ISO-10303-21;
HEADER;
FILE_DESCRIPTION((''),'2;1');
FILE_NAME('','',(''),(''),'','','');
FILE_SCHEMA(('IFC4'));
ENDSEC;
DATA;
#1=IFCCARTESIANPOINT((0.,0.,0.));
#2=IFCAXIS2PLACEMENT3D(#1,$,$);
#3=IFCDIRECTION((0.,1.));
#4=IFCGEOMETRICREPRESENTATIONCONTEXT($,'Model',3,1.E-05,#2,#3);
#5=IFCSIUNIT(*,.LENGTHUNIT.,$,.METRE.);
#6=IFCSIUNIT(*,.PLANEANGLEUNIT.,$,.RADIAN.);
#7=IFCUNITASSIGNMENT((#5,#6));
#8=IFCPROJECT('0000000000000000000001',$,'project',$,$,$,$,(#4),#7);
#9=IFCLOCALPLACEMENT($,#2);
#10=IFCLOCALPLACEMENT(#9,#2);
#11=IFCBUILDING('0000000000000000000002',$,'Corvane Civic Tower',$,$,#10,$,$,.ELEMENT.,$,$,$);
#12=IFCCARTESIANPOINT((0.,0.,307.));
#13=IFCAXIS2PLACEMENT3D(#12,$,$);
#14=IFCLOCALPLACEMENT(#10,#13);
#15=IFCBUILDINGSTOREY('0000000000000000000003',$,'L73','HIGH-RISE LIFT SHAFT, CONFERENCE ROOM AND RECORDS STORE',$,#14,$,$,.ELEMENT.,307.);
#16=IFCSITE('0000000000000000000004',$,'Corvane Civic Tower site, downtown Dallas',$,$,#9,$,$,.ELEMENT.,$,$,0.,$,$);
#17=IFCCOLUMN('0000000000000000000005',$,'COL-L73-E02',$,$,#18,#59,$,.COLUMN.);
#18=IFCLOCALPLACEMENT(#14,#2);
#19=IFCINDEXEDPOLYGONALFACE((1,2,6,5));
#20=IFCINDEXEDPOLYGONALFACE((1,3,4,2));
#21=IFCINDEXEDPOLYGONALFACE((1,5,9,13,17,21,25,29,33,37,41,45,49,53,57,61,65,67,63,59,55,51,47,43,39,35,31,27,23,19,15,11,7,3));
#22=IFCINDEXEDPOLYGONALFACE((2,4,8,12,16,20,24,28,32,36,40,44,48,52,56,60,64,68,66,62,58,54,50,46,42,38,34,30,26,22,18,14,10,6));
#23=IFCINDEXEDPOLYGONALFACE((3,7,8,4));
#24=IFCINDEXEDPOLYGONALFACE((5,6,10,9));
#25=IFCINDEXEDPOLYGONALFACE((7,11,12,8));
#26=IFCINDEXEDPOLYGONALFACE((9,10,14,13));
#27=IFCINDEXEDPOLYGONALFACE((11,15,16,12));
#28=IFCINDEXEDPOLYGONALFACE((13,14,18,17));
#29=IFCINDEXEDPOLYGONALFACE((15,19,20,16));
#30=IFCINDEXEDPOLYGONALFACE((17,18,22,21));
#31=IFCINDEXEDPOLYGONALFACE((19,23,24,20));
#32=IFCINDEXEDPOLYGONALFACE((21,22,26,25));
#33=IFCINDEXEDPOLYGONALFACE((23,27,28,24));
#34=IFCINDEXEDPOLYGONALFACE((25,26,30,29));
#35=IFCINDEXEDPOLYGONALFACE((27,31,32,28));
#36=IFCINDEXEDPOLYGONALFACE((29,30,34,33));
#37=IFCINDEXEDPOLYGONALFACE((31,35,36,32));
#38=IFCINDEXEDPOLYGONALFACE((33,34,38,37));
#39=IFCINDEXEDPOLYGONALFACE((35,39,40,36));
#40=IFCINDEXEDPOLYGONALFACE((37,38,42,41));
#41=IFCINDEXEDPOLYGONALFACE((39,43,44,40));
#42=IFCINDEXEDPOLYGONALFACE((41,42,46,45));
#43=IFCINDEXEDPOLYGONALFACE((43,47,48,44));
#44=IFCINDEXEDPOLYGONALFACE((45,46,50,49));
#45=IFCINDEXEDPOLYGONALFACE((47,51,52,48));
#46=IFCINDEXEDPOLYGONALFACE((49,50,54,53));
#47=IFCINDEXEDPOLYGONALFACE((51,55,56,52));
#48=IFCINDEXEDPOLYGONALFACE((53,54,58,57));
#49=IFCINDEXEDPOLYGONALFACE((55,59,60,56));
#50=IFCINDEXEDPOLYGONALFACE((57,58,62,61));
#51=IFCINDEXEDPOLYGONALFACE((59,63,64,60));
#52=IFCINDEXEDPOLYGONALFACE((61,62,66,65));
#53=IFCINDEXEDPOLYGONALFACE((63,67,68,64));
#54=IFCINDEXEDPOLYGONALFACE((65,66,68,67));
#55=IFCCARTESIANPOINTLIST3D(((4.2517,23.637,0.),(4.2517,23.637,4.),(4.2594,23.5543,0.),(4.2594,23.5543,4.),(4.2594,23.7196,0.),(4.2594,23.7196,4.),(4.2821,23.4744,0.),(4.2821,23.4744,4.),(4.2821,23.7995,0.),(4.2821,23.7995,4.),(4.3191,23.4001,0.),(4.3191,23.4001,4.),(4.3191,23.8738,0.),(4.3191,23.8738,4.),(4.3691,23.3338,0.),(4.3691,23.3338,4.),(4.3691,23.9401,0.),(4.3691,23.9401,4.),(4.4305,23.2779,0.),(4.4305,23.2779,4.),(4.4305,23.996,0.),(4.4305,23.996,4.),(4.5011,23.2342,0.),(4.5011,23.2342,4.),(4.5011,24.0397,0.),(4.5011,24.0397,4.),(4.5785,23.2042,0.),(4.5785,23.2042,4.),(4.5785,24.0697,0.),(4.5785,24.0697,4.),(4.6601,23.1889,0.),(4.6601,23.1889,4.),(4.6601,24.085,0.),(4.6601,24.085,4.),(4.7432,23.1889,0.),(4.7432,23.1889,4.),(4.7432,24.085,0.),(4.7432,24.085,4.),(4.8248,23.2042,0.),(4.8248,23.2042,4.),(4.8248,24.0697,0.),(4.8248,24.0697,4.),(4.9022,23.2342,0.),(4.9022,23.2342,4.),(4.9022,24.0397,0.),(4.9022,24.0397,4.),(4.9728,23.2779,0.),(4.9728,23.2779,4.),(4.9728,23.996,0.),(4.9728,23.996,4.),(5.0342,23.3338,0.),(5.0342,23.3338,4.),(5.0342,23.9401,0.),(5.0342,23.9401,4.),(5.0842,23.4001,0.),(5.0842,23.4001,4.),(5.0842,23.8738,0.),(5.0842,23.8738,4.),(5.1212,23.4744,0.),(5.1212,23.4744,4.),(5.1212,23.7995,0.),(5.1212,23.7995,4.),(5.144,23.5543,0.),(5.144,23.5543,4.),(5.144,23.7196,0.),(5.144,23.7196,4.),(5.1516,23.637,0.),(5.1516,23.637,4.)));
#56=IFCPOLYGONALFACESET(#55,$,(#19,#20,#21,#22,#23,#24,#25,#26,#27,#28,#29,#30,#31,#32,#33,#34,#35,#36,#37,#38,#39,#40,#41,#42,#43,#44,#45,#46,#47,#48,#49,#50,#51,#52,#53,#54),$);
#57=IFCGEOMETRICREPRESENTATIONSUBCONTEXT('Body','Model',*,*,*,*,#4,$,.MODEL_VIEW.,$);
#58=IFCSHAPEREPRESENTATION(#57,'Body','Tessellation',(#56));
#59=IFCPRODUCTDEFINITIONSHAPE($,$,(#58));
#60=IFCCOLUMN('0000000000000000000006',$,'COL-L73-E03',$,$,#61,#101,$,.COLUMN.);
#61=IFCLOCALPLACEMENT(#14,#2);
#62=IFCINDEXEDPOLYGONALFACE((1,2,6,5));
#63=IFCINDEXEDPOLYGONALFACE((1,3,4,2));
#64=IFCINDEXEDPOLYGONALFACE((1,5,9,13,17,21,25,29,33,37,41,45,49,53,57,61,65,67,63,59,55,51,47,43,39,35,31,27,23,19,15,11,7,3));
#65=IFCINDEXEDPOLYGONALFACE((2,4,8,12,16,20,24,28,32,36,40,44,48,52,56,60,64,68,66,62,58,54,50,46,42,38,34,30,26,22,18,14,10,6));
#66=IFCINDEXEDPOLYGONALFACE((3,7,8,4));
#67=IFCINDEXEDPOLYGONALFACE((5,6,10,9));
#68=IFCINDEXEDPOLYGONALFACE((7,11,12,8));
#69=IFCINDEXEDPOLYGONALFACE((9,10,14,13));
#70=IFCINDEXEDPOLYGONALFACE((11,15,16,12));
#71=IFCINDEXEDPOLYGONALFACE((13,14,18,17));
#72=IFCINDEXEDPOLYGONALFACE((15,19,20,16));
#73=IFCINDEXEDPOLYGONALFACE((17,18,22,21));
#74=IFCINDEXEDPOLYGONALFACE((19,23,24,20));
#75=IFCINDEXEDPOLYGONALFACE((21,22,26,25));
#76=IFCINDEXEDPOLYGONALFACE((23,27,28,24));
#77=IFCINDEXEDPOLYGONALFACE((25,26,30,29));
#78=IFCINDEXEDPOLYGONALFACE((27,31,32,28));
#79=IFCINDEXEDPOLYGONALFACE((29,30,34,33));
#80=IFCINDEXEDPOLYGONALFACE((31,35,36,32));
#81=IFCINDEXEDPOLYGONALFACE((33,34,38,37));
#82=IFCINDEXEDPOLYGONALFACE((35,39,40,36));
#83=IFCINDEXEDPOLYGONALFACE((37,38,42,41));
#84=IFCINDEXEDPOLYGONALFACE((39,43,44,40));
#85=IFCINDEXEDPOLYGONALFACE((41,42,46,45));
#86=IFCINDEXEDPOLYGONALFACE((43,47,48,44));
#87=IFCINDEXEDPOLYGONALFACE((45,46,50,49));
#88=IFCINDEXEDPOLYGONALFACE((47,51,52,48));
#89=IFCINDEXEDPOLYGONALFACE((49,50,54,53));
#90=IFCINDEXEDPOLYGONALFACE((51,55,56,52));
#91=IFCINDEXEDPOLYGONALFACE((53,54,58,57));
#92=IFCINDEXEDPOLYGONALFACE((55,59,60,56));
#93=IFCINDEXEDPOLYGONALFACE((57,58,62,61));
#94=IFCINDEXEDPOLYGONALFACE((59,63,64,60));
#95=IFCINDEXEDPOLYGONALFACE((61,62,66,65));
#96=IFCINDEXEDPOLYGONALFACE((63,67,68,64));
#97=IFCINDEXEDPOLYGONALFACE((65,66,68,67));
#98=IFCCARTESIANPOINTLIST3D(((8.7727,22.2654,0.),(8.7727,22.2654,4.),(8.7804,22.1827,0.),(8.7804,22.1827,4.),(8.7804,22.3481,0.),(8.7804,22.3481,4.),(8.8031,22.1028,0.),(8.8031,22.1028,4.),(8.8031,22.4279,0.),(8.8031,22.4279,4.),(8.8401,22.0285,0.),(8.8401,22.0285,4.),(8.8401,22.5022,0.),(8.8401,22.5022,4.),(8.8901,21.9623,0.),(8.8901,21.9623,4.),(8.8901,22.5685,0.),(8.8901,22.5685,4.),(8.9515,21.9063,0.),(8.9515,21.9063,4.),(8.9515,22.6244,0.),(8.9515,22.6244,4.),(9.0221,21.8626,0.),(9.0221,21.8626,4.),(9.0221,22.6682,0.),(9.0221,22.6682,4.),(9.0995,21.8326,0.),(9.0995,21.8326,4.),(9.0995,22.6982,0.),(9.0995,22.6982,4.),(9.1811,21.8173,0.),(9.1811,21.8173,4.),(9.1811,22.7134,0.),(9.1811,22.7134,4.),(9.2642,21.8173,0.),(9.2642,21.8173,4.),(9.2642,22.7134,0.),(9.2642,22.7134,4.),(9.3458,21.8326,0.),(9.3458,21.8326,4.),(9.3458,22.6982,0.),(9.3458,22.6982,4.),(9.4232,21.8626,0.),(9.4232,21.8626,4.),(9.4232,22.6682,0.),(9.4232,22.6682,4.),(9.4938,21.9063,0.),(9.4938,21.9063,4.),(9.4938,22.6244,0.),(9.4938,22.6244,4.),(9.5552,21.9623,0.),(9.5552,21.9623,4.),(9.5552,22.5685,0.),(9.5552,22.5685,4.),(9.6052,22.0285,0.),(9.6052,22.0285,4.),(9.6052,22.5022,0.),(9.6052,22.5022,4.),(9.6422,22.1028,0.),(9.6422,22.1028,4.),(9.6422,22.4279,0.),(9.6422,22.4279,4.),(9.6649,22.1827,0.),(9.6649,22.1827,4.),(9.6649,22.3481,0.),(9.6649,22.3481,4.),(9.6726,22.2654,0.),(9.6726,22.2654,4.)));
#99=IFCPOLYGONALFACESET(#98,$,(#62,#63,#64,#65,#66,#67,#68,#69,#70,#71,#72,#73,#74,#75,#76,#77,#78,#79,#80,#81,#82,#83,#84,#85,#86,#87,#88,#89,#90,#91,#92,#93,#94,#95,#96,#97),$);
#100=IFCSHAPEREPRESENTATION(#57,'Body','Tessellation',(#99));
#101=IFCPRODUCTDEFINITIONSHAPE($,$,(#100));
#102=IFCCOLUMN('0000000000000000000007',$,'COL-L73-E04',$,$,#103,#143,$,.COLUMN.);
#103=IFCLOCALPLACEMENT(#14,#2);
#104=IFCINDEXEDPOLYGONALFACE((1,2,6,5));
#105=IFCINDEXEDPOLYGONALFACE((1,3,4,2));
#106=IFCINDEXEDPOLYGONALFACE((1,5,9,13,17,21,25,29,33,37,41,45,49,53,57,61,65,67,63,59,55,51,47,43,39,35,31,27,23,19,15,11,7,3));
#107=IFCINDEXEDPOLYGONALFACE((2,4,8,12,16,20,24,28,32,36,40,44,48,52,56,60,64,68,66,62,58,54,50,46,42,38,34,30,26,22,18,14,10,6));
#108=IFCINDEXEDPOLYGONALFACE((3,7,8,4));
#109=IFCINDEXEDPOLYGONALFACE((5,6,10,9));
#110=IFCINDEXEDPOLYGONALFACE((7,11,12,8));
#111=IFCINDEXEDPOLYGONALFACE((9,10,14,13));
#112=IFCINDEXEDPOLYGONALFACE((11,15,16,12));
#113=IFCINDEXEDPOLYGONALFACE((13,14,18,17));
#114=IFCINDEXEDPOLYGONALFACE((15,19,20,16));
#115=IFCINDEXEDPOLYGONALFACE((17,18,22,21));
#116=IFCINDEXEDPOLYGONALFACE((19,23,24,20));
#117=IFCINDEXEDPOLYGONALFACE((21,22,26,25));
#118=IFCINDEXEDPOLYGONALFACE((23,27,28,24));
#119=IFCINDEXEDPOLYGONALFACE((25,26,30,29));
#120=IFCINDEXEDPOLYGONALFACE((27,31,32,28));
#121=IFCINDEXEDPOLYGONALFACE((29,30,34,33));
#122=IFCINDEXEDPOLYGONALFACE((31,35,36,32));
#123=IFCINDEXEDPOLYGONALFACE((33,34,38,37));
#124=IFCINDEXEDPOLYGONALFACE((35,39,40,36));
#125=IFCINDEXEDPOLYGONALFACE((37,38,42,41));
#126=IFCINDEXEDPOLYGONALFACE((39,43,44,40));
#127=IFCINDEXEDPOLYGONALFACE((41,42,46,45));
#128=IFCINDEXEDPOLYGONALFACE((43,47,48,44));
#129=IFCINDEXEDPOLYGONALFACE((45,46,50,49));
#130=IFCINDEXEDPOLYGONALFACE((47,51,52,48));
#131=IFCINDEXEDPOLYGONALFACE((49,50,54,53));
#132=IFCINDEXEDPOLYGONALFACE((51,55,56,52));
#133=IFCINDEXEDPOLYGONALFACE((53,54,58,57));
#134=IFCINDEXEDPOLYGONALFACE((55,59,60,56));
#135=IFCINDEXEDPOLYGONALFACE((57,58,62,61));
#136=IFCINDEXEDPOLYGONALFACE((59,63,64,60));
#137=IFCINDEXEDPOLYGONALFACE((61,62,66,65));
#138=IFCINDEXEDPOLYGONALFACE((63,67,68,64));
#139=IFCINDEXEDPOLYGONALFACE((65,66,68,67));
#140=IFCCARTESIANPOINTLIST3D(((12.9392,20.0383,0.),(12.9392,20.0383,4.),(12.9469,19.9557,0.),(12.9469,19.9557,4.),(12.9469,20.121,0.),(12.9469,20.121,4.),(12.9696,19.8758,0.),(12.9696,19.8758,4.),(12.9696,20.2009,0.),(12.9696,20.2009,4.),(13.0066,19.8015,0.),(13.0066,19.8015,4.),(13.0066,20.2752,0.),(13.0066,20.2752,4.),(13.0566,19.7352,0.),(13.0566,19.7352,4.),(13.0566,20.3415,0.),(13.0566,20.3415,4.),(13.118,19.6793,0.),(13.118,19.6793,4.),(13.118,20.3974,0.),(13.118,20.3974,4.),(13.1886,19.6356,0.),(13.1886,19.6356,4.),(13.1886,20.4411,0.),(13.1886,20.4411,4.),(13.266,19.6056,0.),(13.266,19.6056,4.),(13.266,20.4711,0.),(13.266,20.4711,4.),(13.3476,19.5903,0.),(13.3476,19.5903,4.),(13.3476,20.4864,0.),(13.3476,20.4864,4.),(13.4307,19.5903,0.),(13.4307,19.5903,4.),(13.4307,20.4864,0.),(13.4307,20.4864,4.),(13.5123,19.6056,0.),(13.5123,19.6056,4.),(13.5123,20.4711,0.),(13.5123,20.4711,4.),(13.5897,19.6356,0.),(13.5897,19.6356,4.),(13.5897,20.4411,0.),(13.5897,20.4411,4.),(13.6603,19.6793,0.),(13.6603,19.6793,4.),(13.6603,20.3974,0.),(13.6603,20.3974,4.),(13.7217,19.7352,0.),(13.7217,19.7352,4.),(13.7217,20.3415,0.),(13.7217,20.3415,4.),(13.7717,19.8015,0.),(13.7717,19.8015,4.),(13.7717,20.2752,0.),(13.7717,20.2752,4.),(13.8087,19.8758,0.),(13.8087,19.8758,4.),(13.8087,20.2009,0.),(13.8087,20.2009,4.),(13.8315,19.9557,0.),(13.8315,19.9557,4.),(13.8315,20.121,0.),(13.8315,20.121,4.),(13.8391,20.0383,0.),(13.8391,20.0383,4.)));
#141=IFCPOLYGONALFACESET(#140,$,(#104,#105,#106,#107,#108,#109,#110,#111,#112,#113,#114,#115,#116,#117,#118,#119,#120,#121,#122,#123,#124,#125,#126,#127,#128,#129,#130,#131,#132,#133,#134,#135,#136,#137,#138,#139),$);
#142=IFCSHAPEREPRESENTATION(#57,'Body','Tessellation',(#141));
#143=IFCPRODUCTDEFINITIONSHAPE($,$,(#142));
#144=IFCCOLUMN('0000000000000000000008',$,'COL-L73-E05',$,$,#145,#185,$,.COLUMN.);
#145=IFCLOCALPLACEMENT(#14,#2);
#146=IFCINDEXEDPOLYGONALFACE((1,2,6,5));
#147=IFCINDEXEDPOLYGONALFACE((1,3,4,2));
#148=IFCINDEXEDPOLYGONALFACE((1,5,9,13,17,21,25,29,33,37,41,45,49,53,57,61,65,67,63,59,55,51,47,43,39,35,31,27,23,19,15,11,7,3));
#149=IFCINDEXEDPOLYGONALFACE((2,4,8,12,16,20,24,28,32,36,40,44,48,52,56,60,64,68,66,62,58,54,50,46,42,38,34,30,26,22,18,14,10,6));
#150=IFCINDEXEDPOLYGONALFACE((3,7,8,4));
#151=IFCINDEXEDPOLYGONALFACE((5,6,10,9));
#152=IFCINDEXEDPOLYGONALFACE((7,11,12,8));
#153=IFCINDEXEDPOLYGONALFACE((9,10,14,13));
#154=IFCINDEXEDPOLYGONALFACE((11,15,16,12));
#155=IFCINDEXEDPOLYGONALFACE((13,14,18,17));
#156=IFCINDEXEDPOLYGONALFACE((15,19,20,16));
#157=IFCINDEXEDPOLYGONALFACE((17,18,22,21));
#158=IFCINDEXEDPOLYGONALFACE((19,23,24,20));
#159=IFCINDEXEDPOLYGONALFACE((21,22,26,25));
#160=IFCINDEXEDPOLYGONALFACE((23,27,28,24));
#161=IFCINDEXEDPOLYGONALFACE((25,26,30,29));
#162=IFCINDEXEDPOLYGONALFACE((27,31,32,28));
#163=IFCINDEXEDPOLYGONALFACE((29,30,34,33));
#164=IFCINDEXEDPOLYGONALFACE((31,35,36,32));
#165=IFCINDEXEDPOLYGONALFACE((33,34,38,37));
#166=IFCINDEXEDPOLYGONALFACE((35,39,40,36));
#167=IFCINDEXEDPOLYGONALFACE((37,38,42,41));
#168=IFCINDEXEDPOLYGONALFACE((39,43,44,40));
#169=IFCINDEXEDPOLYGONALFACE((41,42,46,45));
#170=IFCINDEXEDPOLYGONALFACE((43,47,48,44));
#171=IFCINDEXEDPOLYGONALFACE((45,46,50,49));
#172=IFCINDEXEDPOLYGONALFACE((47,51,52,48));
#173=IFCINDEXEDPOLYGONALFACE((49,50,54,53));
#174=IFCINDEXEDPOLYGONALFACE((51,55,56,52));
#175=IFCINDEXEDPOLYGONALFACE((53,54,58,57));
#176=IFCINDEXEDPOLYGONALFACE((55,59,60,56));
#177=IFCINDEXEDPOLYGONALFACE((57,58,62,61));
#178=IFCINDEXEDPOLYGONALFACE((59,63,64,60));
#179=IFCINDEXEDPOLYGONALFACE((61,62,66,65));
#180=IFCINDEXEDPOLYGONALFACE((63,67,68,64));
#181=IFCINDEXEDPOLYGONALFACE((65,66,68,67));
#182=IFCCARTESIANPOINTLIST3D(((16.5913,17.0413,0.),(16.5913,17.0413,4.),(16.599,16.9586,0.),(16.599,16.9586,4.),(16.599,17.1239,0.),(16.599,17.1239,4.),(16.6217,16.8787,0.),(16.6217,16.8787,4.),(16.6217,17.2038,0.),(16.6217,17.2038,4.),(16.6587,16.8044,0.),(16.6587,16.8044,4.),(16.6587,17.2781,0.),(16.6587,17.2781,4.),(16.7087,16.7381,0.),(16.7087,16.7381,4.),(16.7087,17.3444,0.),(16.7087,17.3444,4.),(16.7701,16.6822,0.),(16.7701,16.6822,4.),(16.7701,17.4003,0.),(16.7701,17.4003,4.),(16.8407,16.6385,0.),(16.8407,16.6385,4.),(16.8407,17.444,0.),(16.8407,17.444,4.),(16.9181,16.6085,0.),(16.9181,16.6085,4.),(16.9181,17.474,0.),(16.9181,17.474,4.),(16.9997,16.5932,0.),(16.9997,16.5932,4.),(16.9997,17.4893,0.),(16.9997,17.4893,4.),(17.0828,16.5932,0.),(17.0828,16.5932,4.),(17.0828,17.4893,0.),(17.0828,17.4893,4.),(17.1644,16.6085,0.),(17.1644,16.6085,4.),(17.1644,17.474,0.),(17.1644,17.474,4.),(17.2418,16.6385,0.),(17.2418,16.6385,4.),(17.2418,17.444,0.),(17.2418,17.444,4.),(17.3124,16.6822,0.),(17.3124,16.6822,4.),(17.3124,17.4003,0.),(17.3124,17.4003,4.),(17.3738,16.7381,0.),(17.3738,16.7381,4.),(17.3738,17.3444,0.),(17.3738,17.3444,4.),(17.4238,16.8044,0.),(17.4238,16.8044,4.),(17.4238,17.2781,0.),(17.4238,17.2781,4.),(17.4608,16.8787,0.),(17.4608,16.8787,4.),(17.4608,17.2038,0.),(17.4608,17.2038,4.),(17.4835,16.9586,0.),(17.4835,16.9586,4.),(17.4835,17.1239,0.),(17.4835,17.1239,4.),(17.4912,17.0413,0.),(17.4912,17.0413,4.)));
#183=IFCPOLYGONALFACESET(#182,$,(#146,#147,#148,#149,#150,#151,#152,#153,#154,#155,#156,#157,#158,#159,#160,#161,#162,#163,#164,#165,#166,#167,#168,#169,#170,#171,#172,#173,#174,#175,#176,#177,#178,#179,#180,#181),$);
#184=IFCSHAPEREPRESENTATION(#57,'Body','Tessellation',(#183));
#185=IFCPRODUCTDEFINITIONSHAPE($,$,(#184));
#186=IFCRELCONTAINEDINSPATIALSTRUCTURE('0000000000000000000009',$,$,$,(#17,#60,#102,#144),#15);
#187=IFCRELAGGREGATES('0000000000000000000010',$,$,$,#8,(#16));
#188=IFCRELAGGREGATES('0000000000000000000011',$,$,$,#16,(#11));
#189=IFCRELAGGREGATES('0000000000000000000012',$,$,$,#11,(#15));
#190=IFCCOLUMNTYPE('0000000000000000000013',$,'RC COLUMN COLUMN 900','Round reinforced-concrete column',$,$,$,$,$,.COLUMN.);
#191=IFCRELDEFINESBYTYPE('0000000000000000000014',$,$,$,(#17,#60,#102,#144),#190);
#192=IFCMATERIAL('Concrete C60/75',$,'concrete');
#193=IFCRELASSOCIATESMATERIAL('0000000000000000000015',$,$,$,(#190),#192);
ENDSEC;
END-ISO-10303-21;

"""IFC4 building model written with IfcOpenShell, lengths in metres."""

from ifc_helpers import new_model, si_unit, direction, frame, origin, origin_2d, place, context, subcontext, project, spatial, circle, extrude, material, material_profile, profile_set, type_object, element, save


model = new_model("IFC4")

# Units and contexts
model_context = context("Model", 3, precision=1e-05, world=origin(), true_north=direction((0.0, 1.0)))
body_context = subcontext(model_context, "Body", "Model", "MODEL_VIEW")
ifc_project = project(units=[si_unit("LENGTHUNIT", "METRE"), si_unit("PLANEANGLEUNIT", "RADIAN")], contexts=[model_context])

# Site, building, storey
site_placement = place(None, origin())
site = spatial("IfcSite", under=ifc_project, at=site_placement, Name="Corvane Civic Tower site, downtown Dallas", CompositionType="ELEMENT", RefElevation=0.0)
building_placement = place(site_placement, origin())
building = spatial("IfcBuilding", under=site, at=building_placement, Name="Corvane Civic Tower", CompositionType="ELEMENT")
storey_placement = place(building_placement, frame((0.0, 0.0, 307.0)))
storey = spatial("IfcBuildingStorey", under=building, at=storey_placement, Name="L73", Description="HIGH-RISE LIFT SHAFT, CONFERENCE ROOM AND RECORDS STORE", CompositionType="ELEMENT", Elevation=307.0)

# Columns
ifc_material_1 = material(Name="Concrete C60/75", Category="concrete")
ifc_material_profile_1 = material_profile(ifc_material_1, circle(Radius=0.45, at=origin_2d()), Name="COLUMN 900")
ifc_profile_set_1 = profile_set([ifc_material_profile_1], Name="Concrete C60/75")
column_type = type_object("IfcColumnType", Name="RC COLUMN COLUMN 900", Description="Round reinforced-concrete column", PredefinedType="COLUMN", material=ifc_profile_set_1)
for number, where, z_axis, x_axis, name in (
    (1, (4.7017, 23.637, 0.0), (0.0, 0.0, 1.0), (1.0, 0.0, 0.0), "COL-L73-E02"),
    (2, (9.2227, 22.2654, 0.0), (0.0, 0.0, 1.0), (1.0, 0.0, 0.0), "COL-L73-E03"),
    (3, (13.3892, 20.0383, 0.0), (0.0, 0.0, 1.0), (1.0, 0.0, 0.0), "COL-L73-E04"),
    (4, (17.0413, 17.0413, 0.0), (0.0, 0.0, 1.0), (1.0, 0.0, 0.0), "COL-L73-E05"),
):
    element("IfcColumn", number, at=place(storey_placement, frame(where, z_axis=z_axis, x_axis=x_axis)), inside=storey, type_object=column_type, Name=name, PredefinedType="COLUMN", context=body_context, shape_type="SweptSolid", body=[
        extrude(circle(Radius=0.45, at=origin_2d()), origin(), (0.0, 0.0, 1.0), 4.0),
    ])

save(model, "model.ifc")
